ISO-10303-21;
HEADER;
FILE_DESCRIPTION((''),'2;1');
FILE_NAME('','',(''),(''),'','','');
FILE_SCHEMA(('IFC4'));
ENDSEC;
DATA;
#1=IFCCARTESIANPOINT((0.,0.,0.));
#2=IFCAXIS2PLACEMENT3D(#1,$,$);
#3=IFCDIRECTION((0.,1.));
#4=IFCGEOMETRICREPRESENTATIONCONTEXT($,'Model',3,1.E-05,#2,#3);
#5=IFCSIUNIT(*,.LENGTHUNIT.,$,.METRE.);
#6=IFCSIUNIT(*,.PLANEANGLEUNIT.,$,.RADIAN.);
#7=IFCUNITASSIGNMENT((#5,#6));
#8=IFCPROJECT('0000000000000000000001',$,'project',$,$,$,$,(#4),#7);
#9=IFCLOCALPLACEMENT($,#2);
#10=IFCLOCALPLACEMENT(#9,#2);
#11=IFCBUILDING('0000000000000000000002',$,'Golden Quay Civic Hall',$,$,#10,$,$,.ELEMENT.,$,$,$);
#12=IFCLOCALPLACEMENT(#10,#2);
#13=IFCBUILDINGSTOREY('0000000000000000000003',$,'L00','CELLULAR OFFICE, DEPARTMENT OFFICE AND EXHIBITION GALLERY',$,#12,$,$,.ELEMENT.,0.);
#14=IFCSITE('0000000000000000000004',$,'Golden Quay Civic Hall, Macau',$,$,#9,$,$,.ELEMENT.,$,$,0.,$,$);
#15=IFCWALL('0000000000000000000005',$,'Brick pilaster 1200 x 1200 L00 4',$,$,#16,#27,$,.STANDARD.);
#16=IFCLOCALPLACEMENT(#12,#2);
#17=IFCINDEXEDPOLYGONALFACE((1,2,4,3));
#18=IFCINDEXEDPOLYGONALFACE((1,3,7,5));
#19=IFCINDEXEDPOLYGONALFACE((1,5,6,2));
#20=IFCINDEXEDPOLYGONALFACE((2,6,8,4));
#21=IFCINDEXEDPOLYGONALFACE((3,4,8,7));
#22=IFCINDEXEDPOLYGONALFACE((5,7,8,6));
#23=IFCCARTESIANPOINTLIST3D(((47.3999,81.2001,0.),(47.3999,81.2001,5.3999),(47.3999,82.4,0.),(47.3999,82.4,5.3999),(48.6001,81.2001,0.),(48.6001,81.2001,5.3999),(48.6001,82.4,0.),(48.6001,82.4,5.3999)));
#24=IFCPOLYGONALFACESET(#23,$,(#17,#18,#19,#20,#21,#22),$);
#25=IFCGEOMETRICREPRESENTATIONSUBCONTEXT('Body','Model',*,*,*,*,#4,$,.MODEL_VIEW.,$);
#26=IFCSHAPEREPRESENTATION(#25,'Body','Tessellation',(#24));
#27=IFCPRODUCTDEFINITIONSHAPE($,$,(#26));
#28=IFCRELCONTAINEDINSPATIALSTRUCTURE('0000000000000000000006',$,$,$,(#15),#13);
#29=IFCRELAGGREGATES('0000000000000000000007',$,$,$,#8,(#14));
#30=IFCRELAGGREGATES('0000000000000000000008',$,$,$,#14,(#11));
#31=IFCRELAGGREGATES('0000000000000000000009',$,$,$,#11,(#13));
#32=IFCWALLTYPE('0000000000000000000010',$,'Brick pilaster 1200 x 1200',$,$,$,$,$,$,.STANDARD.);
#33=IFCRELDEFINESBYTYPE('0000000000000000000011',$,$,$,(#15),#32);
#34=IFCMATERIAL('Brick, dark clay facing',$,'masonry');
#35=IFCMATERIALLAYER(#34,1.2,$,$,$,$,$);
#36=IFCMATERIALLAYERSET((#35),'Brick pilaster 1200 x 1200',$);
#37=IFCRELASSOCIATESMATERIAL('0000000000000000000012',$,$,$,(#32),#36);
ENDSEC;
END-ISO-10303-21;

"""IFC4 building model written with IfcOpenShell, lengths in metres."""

from ifc_helpers import new_model, si_unit, direction, frame, frame_2d, origin, place, context, subcontext, project, spatial, rectangle, extrude, material, layer, layer_set, type_object, element, save


model = new_model("IFC4")

# Units and contexts
model_context = context("Model", 3, precision=1e-05, world=origin(), true_north=direction((0.0, 1.0)))
body_context = subcontext(model_context, "Body", "Model", "MODEL_VIEW")
ifc_project = project(units=[si_unit("LENGTHUNIT", "METRE"), si_unit("PLANEANGLEUNIT", "RADIAN")], contexts=[model_context])

# Site, building, storey
site_placement = place(None, origin())
site = spatial("IfcSite", under=ifc_project, at=site_placement, Name="Golden Quay Civic Hall, Macau", CompositionType="ELEMENT", RefElevation=0.0)
building_placement = place(site_placement, origin())
building = spatial("IfcBuilding", under=site, at=building_placement, Name="Golden Quay Civic Hall", CompositionType="ELEMENT")
storey_placement = place(building_placement, origin())
storey = spatial("IfcBuildingStorey", under=building, at=storey_placement, Name="L00", Description="CELLULAR OFFICE, DEPARTMENT OFFICE AND EXHIBITION GALLERY", CompositionType="ELEMENT", Elevation=0.0)

# Wall
ifc_material_1 = material(Name="Brick, dark clay facing", Category="masonry")
ifc_layer_1 = layer(ifc_material_1, 1.2)
ifc_layer_set_1 = layer_set([ifc_layer_1], Name="Brick pilaster 1200 x 1200")
wall_type_1 = type_object("IfcWallType", Name="Brick pilaster 1200 x 1200", PredefinedType="STANDARD", material=ifc_layer_set_1)
for number, where, z_axis, x_axis, name in (
    (1, (47.3999, 81.8, 0.0), (0.0, 0.0, 1.0), (1.0, 0.0, 0.0), "Brick pilaster 1200 x 1200 L00 4"),
):
    element("IfcWall", number, at=place(storey_placement, frame(where, z_axis=z_axis, x_axis=x_axis)), inside=storey, type_object=wall_type_1, Name=name, PredefinedType="STANDARD", context=body_context, shape_type="SweptSolid", body=[
        extrude(rectangle(XDim=1.2002, YDim=1.2, at=frame_2d((0.6001, 0.0))), origin(), (0.0, 0.0, 1.0), 5.3999),
    ])

save(model, "model.ifc")
